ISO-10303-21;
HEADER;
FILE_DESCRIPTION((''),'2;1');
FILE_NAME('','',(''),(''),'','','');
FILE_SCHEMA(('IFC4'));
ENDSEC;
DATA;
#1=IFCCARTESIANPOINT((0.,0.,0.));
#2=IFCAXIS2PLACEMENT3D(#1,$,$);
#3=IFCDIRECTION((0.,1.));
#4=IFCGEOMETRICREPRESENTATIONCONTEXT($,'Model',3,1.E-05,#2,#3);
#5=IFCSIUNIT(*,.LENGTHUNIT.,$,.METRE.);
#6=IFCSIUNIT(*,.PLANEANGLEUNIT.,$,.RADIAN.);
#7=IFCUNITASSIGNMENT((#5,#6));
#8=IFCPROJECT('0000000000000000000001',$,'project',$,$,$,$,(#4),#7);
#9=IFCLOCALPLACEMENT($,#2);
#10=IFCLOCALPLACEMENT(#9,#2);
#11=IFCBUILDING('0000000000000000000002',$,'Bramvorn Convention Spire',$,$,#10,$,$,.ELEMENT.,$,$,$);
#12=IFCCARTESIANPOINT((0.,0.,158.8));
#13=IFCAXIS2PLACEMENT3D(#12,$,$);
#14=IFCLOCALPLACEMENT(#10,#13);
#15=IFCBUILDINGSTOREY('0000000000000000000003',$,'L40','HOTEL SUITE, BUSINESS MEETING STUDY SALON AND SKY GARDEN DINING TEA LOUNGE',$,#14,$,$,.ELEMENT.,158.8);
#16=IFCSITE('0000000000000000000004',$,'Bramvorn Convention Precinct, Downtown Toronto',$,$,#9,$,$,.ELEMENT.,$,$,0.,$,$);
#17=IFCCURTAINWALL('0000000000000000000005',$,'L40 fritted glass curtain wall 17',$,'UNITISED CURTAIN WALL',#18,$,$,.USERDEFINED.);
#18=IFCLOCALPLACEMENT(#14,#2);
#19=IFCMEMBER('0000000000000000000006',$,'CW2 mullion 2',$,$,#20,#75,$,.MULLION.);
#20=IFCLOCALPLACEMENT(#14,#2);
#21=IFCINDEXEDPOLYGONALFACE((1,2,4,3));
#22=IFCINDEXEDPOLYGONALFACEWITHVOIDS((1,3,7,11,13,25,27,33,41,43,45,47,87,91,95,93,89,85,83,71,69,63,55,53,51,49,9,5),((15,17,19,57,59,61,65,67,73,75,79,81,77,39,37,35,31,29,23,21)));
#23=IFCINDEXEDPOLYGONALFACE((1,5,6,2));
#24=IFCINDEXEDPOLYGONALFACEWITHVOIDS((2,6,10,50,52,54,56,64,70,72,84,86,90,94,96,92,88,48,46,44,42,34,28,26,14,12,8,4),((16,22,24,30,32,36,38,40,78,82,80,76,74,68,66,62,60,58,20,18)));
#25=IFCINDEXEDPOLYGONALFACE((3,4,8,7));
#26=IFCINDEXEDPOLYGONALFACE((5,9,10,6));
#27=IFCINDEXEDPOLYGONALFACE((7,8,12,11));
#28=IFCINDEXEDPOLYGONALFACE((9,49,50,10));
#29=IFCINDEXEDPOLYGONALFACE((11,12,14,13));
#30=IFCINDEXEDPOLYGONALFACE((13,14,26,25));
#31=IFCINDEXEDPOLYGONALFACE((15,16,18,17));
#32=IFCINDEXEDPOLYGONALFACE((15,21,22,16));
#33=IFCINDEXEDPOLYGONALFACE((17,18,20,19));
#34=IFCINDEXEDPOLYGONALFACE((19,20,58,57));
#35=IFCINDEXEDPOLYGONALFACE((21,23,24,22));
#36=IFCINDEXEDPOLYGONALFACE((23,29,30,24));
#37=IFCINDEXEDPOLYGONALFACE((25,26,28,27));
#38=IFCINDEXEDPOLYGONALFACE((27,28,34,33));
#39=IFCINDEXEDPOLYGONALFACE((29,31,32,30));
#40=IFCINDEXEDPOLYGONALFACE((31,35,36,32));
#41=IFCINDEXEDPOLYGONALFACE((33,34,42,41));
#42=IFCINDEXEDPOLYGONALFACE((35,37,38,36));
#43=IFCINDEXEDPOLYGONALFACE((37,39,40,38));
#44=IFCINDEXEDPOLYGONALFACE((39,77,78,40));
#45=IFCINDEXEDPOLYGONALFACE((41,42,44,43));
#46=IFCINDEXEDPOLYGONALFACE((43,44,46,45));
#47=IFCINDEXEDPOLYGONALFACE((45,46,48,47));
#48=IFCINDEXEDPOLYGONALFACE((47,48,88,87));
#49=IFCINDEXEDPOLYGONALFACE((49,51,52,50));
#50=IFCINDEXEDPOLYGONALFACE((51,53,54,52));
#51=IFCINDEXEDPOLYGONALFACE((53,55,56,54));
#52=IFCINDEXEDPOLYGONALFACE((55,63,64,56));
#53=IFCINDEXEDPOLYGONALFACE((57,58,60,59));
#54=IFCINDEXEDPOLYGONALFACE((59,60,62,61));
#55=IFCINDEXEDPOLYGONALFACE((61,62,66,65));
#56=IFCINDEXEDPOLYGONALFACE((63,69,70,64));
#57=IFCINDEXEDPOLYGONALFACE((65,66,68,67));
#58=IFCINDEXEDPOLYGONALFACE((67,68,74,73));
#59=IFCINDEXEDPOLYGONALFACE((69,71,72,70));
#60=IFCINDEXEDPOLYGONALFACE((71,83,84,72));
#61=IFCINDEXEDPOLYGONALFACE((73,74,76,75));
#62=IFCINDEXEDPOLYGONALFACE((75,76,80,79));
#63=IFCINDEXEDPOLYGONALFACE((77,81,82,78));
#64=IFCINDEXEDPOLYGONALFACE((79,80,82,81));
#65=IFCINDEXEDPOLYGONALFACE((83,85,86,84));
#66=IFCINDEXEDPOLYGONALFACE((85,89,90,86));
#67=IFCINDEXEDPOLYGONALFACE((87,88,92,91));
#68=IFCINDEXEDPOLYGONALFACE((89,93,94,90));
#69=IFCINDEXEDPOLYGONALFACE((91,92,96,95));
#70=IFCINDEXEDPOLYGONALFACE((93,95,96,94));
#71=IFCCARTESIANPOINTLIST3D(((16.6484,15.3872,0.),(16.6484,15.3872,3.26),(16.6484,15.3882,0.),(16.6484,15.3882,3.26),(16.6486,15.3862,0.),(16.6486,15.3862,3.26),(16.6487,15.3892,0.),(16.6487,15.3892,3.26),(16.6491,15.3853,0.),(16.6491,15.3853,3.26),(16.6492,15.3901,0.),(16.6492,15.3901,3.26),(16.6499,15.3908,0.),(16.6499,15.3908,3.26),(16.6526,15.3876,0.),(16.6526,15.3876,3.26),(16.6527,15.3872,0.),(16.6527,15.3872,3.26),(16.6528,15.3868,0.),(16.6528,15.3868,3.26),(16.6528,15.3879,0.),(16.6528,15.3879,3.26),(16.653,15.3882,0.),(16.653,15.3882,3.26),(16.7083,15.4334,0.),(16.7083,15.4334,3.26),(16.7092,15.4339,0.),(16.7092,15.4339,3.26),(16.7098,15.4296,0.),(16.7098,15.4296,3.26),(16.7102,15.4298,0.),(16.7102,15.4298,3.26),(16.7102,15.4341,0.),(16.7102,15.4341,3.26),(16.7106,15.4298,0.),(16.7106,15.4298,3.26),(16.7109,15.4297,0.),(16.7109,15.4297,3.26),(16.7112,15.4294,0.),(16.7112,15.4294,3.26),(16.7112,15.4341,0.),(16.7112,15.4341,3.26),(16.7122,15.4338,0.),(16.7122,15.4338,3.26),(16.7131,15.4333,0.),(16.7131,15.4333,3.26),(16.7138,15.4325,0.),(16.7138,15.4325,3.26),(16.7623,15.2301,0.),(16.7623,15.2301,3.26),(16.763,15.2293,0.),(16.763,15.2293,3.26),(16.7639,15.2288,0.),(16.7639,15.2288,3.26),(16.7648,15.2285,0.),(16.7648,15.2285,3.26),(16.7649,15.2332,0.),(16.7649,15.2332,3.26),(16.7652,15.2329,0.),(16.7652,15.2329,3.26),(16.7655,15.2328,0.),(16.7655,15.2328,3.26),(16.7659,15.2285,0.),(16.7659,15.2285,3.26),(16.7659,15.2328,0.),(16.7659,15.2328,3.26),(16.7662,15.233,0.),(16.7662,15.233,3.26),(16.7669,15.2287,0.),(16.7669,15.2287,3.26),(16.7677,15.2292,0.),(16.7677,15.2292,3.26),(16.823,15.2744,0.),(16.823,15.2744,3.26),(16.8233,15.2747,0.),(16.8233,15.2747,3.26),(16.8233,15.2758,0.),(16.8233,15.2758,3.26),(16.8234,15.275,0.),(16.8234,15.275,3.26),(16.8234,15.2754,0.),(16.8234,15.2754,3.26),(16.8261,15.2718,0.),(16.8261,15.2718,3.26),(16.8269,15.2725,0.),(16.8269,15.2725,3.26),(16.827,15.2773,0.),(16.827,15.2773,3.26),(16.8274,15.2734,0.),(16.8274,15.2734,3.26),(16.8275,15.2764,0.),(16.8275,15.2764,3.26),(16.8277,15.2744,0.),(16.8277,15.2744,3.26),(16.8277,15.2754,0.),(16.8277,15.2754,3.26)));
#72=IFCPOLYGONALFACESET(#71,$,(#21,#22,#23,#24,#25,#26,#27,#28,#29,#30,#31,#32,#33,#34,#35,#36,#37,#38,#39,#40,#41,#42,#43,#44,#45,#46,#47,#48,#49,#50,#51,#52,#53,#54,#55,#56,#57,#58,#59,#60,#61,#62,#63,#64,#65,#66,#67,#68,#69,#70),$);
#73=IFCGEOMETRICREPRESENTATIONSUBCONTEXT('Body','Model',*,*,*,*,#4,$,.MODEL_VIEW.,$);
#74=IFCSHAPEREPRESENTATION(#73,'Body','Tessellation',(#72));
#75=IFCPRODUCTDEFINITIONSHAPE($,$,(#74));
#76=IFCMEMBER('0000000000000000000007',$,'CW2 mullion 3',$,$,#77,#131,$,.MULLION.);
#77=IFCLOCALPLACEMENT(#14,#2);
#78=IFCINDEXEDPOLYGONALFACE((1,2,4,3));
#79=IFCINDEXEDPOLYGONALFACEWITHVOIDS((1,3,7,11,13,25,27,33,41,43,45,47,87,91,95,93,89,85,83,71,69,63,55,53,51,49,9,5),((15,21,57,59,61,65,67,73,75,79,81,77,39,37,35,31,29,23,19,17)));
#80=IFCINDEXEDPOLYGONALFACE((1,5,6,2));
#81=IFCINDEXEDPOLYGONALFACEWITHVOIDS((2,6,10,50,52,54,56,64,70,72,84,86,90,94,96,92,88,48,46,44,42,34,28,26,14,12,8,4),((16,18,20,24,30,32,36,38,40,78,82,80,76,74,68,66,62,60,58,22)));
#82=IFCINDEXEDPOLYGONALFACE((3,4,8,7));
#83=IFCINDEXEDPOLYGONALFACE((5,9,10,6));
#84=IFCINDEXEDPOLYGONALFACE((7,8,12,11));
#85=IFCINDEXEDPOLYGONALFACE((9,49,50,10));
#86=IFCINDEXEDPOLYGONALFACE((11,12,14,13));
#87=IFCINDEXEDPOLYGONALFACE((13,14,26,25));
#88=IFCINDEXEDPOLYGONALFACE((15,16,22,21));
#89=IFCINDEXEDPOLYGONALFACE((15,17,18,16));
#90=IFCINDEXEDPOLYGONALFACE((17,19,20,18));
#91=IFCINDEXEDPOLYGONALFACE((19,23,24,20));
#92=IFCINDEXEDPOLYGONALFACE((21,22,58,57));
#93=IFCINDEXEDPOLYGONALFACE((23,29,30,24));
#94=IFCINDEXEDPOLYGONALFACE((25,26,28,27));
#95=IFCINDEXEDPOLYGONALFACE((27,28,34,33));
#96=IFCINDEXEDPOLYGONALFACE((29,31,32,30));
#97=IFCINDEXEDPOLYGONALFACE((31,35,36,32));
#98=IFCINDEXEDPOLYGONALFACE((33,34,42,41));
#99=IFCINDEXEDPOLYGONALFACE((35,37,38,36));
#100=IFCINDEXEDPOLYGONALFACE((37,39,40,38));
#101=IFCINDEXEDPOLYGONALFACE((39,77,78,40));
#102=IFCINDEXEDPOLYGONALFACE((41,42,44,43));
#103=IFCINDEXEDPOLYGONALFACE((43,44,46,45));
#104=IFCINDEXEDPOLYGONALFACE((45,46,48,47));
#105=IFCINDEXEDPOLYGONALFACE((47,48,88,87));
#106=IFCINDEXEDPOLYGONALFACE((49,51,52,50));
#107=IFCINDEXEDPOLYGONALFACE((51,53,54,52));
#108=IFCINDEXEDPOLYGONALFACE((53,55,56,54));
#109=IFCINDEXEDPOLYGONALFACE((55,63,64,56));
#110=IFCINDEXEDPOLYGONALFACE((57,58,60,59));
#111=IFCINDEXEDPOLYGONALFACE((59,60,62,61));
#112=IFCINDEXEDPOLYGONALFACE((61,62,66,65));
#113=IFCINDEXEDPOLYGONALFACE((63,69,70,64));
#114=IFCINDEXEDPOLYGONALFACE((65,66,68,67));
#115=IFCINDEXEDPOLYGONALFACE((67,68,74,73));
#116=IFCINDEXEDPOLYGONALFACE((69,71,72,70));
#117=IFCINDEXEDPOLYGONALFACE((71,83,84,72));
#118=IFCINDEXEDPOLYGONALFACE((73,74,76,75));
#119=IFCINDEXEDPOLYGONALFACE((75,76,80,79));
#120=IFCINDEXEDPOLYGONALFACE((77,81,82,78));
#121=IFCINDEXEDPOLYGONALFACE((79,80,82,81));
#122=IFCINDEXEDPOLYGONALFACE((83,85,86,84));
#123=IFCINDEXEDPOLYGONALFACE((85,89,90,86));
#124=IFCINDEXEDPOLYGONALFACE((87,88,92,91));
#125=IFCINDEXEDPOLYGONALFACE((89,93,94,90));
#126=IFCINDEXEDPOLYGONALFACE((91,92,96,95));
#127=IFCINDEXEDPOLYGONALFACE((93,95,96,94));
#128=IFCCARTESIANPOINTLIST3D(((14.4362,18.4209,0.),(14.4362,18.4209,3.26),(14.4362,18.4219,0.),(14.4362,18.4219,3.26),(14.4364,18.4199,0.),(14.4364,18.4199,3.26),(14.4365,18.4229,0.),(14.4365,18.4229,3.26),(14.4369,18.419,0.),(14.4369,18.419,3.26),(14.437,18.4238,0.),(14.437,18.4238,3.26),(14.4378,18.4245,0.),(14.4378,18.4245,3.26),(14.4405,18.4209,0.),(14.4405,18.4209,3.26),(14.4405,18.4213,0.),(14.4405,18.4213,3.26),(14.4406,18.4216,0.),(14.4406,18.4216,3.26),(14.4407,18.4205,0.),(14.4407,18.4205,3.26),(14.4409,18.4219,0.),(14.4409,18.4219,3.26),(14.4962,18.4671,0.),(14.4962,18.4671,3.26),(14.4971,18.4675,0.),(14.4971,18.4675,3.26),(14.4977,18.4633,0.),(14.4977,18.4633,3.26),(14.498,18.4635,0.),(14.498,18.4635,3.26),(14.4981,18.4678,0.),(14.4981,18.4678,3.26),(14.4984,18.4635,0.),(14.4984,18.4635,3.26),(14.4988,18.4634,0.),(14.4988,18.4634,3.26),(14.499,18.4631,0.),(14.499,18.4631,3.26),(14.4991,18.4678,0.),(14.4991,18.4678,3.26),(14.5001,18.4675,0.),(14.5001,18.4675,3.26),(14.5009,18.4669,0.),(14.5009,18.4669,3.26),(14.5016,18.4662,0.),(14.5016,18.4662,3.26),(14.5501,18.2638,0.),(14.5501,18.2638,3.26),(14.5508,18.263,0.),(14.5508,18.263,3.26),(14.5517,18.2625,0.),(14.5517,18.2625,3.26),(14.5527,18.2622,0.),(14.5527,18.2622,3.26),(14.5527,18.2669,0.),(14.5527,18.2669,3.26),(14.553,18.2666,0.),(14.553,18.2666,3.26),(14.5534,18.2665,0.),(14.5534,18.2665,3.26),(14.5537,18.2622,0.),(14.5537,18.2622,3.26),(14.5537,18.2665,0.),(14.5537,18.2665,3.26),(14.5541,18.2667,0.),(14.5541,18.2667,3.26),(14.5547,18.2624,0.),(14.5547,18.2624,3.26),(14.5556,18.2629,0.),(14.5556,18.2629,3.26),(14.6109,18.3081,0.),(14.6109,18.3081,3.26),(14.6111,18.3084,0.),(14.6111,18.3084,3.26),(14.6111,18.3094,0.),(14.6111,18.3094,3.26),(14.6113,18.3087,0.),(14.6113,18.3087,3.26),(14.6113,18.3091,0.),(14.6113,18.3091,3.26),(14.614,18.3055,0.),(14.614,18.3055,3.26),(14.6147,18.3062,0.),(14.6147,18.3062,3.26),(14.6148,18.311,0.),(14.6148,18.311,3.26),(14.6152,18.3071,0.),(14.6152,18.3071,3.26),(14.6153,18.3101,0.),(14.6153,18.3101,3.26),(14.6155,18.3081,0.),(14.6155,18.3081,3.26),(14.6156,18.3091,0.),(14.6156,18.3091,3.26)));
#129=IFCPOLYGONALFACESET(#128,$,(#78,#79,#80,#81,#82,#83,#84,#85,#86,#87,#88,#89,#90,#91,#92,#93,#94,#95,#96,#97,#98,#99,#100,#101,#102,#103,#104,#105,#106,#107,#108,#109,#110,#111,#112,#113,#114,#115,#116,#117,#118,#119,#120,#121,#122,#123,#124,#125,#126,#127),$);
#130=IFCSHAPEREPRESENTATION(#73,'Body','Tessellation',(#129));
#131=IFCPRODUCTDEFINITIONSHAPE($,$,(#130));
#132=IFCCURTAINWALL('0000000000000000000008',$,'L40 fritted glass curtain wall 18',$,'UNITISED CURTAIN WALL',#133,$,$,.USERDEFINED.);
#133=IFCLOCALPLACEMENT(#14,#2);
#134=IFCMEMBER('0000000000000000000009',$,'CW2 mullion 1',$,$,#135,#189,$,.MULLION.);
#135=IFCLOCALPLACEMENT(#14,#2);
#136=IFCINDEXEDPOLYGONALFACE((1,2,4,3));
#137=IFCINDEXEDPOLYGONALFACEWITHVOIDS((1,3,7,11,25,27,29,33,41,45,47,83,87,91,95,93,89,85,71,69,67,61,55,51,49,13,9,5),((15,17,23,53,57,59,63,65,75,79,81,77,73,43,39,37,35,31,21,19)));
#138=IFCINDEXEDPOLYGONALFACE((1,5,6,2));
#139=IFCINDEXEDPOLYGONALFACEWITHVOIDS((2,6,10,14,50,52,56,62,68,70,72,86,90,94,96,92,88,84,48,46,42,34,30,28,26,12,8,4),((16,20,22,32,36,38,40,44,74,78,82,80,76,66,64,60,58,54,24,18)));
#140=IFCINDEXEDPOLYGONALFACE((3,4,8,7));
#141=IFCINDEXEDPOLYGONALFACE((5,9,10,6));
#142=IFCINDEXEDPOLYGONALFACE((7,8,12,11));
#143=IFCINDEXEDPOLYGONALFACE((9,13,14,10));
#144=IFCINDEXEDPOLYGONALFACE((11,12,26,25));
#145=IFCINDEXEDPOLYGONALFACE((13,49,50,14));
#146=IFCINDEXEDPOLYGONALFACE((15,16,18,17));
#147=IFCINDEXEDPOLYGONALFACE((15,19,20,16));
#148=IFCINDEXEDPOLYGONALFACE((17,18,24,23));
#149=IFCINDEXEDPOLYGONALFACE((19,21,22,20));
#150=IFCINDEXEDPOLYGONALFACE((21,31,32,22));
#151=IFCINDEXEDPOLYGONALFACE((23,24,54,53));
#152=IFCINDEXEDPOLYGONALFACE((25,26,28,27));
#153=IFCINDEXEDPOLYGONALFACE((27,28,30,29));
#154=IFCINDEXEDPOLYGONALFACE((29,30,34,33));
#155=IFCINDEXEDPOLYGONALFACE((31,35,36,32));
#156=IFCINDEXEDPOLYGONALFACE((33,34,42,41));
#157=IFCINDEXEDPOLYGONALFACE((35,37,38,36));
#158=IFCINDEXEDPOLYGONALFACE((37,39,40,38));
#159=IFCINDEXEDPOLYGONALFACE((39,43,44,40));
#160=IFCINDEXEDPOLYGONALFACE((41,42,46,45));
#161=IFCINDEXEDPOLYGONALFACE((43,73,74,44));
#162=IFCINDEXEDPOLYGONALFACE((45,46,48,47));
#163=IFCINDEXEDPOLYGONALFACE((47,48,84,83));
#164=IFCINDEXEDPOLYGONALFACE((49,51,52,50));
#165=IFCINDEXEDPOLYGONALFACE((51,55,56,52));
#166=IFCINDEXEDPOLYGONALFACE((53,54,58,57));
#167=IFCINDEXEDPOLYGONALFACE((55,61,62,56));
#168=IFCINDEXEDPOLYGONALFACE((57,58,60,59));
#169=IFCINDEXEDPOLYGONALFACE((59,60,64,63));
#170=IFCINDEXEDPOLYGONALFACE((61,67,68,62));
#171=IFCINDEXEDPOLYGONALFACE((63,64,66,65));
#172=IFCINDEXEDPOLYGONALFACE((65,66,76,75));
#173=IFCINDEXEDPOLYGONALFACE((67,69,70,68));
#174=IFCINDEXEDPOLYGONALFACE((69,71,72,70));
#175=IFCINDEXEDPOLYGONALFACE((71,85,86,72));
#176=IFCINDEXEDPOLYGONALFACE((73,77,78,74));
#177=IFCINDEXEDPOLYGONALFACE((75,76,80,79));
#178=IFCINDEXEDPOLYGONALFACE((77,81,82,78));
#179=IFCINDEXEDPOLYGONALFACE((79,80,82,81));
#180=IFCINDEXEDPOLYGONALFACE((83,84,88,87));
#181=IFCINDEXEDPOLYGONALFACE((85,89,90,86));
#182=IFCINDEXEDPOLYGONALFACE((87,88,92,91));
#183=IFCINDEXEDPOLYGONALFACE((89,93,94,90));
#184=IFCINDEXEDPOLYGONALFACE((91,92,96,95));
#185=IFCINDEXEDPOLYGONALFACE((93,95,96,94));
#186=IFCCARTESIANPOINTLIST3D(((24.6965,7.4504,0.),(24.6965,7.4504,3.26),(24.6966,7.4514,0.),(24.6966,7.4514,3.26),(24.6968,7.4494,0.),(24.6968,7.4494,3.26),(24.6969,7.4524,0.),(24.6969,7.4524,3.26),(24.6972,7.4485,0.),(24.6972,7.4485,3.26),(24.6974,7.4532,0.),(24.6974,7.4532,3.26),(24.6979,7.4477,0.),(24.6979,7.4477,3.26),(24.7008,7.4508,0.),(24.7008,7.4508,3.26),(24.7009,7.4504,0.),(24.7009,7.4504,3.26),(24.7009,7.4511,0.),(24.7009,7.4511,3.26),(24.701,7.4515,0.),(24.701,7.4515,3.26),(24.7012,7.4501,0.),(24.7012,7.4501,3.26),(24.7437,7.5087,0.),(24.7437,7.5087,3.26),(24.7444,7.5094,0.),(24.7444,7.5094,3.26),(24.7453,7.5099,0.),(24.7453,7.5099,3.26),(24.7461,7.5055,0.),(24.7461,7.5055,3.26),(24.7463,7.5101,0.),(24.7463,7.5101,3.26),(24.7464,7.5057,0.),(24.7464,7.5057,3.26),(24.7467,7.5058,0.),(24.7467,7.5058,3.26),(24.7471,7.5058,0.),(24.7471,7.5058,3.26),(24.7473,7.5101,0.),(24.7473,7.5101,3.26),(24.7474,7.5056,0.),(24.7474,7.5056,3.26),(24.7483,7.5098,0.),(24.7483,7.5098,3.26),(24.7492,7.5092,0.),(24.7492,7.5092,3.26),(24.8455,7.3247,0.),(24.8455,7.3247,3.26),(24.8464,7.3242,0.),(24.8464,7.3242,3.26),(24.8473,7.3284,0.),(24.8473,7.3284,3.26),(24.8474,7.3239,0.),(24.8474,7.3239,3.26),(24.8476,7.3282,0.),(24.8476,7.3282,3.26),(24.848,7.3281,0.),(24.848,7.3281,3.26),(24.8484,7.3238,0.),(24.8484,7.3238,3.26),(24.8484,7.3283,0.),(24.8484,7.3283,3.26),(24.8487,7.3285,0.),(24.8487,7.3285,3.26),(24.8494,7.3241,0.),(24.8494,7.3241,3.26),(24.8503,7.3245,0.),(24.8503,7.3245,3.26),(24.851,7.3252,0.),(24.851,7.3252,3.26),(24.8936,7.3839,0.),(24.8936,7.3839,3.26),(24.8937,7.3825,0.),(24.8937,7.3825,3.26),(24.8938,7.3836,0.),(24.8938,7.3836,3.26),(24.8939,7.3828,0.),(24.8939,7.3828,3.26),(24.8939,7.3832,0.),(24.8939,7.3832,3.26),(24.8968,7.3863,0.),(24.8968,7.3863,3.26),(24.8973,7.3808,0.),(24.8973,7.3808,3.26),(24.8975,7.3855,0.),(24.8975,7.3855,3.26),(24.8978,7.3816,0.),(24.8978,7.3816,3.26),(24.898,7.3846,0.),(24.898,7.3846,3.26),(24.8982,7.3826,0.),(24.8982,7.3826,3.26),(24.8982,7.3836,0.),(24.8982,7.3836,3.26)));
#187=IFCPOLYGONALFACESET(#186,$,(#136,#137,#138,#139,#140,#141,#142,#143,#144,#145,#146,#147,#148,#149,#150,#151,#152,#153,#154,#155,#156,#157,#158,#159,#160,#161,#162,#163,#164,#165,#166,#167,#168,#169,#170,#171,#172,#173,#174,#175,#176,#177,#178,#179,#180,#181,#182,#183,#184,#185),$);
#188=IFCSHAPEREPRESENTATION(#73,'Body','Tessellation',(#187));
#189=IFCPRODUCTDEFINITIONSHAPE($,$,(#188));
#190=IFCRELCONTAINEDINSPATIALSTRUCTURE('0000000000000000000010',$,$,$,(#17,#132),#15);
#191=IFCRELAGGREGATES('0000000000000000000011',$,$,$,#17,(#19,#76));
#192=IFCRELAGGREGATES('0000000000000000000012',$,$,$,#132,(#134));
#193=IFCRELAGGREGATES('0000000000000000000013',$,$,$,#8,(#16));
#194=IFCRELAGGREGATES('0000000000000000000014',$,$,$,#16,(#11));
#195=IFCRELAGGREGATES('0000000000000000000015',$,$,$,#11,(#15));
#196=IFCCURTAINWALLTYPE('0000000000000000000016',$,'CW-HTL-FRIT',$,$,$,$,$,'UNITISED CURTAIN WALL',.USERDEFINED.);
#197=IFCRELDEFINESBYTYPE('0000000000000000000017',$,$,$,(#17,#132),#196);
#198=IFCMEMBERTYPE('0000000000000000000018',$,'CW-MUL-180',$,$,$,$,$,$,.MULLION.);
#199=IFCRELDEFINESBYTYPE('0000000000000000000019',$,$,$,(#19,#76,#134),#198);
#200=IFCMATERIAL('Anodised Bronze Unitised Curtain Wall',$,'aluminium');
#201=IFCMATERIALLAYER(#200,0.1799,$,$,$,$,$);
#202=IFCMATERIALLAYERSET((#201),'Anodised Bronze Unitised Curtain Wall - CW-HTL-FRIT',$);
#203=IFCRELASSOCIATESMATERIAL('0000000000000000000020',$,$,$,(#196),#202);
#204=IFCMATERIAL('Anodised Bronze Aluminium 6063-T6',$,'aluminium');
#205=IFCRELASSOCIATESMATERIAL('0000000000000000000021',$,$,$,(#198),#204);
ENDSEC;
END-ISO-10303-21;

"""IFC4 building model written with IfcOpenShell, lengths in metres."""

from ifc_helpers import new_model, si_unit, direction, frame, origin, origin_2d, place, context, subcontext, project, spatial, hollow_rectangle, extrude, material, layer, layer_set, material_profile, profile_set, type_object, element, aggregate, save


model = new_model("IFC4")

# Units and contexts
model_context = context("Model", 3, precision=1e-05, world=origin(), true_north=direction((0.0, 1.0)))
body_context = subcontext(model_context, "Body", "Model", "MODEL_VIEW")
ifc_project = project(units=[si_unit("LENGTHUNIT", "METRE"), si_unit("PLANEANGLEUNIT", "RADIAN")], contexts=[model_context])

# Site, building, storey
site_placement = place(None, origin())
site = spatial("IfcSite", under=ifc_project, at=site_placement, Name="Bramvorn Convention Precinct, Downtown Toronto", CompositionType="ELEMENT", RefElevation=0.0)
building_placement = place(site_placement, origin())
building = spatial("IfcBuilding", under=site, at=building_placement, Name="Bramvorn Convention Spire", CompositionType="ELEMENT")
storey_placement = place(building_placement, frame((0.0, 0.0, 158.8)))
storey = spatial("IfcBuildingStorey", under=building, at=storey_placement, Name="L40", Description="HOTEL SUITE, BUSINESS MEETING STUDY SALON AND SKY GARDEN DINING TEA LOUNGE", CompositionType="ELEMENT", Elevation=158.8)

# Curtain walls, members
ifc_material_1 = material(Name="Anodised Bronze Unitised Curtain Wall", Category="aluminium")
ifc_layer_1 = layer(ifc_material_1, 0.1799)
ifc_layer_set_1 = layer_set([ifc_layer_1], Name="Anodised Bronze Unitised Curtain Wall - CW-HTL-FRIT")
curtain_wall_type = type_object("IfcCurtainWallType", Name="CW-HTL-FRIT", ElementType="UNITISED CURTAIN WALL", PredefinedType="USERDEFINED", material=ifc_layer_set_1)
ifc_material_2 = material(Name="Anodised Bronze Aluminium 6063-T6", Category="aluminium")
ifc_material_profile_1 = material_profile(ifc_material_2, hollow_rectangle(XDim=0.0801, YDim=0.2, WallThickness=0.0039, InnerFilletRadius=0.001, OuterFilletRadius=0.0039, at=origin_2d()))
ifc_profile_set_1 = profile_set([ifc_material_profile_1], Name="Anodised Bronze Aluminium 6063-T6 - CWM80X200")
member_type_1 = type_object("IfcMemberType", Name="CW-MUL-180", PredefinedType="MULLION", material=ifc_profile_set_1)
curtain_wall_1_placement = place(storey_placement, origin())
curtain_wall_1 = element("IfcCurtainWall", 1, at=curtain_wall_1_placement, inside=storey, type_object=curtain_wall_type, Name="L40 fritted glass curtain wall 17", ObjectType="UNITISED CURTAIN WALL", PredefinedType="USERDEFINED")
member_1_placement = place(storey_placement, frame((16.738, 15.3313, 0.0), z_axis=(0.0, 0.0, 1.0), x_axis=(-0.807991, -0.589195, 0.0)))
member_1 = element("IfcMember", 2, at=member_1_placement, type_object=member_type_1, Name="CW2 mullion 2", PredefinedType="MULLION", context=body_context, shape_type="SweptSolid", body=[
    extrude(hollow_rectangle(XDim=0.0801, YDim=0.2, WallThickness=0.0039, InnerFilletRadius=0.001, OuterFilletRadius=0.0039, at=origin_2d()), origin(), (0.0, 0.0, 1.0), 3.26),
])
member_2_placement = place(storey_placement, frame((14.5259, 18.365, 0.0), z_axis=(0.0, 0.0, 1.0), x_axis=(-0.807991, -0.589195, 0.0)))
member_2 = element("IfcMember", 3, at=member_2_placement, type_object=member_type_1, Name="CW2 mullion 3", PredefinedType="MULLION", context=body_context, shape_type="SweptSolid", body=[
    extrude(hollow_rectangle(XDim=0.0801, YDim=0.2, WallThickness=0.0039, InnerFilletRadius=0.001, OuterFilletRadius=0.0039, at=origin_2d()), origin(), (0.0, 0.0, 1.0), 3.26),
])
curtain_wall_2_placement = place(storey_placement, origin())
curtain_wall_2 = element("IfcCurtainWall", 4, at=curtain_wall_2_placement, inside=storey, type_object=curtain_wall_type, Name="L40 fritted glass curtain wall 18", ObjectType="UNITISED CURTAIN WALL", PredefinedType="USERDEFINED")
member_3_placement = place(storey_placement, frame((24.7974, 7.417, 0.0), z_axis=(0.0, 0.0, 1.0), x_axis=(-0.640071, -0.768316, 0.0)))
member_3 = element("IfcMember", 5, at=member_3_placement, type_object=member_type_1, Name="CW2 mullion 1", PredefinedType="MULLION", context=body_context, shape_type="SweptSolid", body=[
    extrude(hollow_rectangle(XDim=0.0801, YDim=0.2, WallThickness=0.0039, InnerFilletRadius=0.001, OuterFilletRadius=0.0039, at=origin_2d()), origin(), (0.0, 0.0, 1.0), 3.26),
])

aggregate(curtain_wall_1, [member_1, member_2])
aggregate(curtain_wall_2, [member_3])

save(model, "model.ifc")
